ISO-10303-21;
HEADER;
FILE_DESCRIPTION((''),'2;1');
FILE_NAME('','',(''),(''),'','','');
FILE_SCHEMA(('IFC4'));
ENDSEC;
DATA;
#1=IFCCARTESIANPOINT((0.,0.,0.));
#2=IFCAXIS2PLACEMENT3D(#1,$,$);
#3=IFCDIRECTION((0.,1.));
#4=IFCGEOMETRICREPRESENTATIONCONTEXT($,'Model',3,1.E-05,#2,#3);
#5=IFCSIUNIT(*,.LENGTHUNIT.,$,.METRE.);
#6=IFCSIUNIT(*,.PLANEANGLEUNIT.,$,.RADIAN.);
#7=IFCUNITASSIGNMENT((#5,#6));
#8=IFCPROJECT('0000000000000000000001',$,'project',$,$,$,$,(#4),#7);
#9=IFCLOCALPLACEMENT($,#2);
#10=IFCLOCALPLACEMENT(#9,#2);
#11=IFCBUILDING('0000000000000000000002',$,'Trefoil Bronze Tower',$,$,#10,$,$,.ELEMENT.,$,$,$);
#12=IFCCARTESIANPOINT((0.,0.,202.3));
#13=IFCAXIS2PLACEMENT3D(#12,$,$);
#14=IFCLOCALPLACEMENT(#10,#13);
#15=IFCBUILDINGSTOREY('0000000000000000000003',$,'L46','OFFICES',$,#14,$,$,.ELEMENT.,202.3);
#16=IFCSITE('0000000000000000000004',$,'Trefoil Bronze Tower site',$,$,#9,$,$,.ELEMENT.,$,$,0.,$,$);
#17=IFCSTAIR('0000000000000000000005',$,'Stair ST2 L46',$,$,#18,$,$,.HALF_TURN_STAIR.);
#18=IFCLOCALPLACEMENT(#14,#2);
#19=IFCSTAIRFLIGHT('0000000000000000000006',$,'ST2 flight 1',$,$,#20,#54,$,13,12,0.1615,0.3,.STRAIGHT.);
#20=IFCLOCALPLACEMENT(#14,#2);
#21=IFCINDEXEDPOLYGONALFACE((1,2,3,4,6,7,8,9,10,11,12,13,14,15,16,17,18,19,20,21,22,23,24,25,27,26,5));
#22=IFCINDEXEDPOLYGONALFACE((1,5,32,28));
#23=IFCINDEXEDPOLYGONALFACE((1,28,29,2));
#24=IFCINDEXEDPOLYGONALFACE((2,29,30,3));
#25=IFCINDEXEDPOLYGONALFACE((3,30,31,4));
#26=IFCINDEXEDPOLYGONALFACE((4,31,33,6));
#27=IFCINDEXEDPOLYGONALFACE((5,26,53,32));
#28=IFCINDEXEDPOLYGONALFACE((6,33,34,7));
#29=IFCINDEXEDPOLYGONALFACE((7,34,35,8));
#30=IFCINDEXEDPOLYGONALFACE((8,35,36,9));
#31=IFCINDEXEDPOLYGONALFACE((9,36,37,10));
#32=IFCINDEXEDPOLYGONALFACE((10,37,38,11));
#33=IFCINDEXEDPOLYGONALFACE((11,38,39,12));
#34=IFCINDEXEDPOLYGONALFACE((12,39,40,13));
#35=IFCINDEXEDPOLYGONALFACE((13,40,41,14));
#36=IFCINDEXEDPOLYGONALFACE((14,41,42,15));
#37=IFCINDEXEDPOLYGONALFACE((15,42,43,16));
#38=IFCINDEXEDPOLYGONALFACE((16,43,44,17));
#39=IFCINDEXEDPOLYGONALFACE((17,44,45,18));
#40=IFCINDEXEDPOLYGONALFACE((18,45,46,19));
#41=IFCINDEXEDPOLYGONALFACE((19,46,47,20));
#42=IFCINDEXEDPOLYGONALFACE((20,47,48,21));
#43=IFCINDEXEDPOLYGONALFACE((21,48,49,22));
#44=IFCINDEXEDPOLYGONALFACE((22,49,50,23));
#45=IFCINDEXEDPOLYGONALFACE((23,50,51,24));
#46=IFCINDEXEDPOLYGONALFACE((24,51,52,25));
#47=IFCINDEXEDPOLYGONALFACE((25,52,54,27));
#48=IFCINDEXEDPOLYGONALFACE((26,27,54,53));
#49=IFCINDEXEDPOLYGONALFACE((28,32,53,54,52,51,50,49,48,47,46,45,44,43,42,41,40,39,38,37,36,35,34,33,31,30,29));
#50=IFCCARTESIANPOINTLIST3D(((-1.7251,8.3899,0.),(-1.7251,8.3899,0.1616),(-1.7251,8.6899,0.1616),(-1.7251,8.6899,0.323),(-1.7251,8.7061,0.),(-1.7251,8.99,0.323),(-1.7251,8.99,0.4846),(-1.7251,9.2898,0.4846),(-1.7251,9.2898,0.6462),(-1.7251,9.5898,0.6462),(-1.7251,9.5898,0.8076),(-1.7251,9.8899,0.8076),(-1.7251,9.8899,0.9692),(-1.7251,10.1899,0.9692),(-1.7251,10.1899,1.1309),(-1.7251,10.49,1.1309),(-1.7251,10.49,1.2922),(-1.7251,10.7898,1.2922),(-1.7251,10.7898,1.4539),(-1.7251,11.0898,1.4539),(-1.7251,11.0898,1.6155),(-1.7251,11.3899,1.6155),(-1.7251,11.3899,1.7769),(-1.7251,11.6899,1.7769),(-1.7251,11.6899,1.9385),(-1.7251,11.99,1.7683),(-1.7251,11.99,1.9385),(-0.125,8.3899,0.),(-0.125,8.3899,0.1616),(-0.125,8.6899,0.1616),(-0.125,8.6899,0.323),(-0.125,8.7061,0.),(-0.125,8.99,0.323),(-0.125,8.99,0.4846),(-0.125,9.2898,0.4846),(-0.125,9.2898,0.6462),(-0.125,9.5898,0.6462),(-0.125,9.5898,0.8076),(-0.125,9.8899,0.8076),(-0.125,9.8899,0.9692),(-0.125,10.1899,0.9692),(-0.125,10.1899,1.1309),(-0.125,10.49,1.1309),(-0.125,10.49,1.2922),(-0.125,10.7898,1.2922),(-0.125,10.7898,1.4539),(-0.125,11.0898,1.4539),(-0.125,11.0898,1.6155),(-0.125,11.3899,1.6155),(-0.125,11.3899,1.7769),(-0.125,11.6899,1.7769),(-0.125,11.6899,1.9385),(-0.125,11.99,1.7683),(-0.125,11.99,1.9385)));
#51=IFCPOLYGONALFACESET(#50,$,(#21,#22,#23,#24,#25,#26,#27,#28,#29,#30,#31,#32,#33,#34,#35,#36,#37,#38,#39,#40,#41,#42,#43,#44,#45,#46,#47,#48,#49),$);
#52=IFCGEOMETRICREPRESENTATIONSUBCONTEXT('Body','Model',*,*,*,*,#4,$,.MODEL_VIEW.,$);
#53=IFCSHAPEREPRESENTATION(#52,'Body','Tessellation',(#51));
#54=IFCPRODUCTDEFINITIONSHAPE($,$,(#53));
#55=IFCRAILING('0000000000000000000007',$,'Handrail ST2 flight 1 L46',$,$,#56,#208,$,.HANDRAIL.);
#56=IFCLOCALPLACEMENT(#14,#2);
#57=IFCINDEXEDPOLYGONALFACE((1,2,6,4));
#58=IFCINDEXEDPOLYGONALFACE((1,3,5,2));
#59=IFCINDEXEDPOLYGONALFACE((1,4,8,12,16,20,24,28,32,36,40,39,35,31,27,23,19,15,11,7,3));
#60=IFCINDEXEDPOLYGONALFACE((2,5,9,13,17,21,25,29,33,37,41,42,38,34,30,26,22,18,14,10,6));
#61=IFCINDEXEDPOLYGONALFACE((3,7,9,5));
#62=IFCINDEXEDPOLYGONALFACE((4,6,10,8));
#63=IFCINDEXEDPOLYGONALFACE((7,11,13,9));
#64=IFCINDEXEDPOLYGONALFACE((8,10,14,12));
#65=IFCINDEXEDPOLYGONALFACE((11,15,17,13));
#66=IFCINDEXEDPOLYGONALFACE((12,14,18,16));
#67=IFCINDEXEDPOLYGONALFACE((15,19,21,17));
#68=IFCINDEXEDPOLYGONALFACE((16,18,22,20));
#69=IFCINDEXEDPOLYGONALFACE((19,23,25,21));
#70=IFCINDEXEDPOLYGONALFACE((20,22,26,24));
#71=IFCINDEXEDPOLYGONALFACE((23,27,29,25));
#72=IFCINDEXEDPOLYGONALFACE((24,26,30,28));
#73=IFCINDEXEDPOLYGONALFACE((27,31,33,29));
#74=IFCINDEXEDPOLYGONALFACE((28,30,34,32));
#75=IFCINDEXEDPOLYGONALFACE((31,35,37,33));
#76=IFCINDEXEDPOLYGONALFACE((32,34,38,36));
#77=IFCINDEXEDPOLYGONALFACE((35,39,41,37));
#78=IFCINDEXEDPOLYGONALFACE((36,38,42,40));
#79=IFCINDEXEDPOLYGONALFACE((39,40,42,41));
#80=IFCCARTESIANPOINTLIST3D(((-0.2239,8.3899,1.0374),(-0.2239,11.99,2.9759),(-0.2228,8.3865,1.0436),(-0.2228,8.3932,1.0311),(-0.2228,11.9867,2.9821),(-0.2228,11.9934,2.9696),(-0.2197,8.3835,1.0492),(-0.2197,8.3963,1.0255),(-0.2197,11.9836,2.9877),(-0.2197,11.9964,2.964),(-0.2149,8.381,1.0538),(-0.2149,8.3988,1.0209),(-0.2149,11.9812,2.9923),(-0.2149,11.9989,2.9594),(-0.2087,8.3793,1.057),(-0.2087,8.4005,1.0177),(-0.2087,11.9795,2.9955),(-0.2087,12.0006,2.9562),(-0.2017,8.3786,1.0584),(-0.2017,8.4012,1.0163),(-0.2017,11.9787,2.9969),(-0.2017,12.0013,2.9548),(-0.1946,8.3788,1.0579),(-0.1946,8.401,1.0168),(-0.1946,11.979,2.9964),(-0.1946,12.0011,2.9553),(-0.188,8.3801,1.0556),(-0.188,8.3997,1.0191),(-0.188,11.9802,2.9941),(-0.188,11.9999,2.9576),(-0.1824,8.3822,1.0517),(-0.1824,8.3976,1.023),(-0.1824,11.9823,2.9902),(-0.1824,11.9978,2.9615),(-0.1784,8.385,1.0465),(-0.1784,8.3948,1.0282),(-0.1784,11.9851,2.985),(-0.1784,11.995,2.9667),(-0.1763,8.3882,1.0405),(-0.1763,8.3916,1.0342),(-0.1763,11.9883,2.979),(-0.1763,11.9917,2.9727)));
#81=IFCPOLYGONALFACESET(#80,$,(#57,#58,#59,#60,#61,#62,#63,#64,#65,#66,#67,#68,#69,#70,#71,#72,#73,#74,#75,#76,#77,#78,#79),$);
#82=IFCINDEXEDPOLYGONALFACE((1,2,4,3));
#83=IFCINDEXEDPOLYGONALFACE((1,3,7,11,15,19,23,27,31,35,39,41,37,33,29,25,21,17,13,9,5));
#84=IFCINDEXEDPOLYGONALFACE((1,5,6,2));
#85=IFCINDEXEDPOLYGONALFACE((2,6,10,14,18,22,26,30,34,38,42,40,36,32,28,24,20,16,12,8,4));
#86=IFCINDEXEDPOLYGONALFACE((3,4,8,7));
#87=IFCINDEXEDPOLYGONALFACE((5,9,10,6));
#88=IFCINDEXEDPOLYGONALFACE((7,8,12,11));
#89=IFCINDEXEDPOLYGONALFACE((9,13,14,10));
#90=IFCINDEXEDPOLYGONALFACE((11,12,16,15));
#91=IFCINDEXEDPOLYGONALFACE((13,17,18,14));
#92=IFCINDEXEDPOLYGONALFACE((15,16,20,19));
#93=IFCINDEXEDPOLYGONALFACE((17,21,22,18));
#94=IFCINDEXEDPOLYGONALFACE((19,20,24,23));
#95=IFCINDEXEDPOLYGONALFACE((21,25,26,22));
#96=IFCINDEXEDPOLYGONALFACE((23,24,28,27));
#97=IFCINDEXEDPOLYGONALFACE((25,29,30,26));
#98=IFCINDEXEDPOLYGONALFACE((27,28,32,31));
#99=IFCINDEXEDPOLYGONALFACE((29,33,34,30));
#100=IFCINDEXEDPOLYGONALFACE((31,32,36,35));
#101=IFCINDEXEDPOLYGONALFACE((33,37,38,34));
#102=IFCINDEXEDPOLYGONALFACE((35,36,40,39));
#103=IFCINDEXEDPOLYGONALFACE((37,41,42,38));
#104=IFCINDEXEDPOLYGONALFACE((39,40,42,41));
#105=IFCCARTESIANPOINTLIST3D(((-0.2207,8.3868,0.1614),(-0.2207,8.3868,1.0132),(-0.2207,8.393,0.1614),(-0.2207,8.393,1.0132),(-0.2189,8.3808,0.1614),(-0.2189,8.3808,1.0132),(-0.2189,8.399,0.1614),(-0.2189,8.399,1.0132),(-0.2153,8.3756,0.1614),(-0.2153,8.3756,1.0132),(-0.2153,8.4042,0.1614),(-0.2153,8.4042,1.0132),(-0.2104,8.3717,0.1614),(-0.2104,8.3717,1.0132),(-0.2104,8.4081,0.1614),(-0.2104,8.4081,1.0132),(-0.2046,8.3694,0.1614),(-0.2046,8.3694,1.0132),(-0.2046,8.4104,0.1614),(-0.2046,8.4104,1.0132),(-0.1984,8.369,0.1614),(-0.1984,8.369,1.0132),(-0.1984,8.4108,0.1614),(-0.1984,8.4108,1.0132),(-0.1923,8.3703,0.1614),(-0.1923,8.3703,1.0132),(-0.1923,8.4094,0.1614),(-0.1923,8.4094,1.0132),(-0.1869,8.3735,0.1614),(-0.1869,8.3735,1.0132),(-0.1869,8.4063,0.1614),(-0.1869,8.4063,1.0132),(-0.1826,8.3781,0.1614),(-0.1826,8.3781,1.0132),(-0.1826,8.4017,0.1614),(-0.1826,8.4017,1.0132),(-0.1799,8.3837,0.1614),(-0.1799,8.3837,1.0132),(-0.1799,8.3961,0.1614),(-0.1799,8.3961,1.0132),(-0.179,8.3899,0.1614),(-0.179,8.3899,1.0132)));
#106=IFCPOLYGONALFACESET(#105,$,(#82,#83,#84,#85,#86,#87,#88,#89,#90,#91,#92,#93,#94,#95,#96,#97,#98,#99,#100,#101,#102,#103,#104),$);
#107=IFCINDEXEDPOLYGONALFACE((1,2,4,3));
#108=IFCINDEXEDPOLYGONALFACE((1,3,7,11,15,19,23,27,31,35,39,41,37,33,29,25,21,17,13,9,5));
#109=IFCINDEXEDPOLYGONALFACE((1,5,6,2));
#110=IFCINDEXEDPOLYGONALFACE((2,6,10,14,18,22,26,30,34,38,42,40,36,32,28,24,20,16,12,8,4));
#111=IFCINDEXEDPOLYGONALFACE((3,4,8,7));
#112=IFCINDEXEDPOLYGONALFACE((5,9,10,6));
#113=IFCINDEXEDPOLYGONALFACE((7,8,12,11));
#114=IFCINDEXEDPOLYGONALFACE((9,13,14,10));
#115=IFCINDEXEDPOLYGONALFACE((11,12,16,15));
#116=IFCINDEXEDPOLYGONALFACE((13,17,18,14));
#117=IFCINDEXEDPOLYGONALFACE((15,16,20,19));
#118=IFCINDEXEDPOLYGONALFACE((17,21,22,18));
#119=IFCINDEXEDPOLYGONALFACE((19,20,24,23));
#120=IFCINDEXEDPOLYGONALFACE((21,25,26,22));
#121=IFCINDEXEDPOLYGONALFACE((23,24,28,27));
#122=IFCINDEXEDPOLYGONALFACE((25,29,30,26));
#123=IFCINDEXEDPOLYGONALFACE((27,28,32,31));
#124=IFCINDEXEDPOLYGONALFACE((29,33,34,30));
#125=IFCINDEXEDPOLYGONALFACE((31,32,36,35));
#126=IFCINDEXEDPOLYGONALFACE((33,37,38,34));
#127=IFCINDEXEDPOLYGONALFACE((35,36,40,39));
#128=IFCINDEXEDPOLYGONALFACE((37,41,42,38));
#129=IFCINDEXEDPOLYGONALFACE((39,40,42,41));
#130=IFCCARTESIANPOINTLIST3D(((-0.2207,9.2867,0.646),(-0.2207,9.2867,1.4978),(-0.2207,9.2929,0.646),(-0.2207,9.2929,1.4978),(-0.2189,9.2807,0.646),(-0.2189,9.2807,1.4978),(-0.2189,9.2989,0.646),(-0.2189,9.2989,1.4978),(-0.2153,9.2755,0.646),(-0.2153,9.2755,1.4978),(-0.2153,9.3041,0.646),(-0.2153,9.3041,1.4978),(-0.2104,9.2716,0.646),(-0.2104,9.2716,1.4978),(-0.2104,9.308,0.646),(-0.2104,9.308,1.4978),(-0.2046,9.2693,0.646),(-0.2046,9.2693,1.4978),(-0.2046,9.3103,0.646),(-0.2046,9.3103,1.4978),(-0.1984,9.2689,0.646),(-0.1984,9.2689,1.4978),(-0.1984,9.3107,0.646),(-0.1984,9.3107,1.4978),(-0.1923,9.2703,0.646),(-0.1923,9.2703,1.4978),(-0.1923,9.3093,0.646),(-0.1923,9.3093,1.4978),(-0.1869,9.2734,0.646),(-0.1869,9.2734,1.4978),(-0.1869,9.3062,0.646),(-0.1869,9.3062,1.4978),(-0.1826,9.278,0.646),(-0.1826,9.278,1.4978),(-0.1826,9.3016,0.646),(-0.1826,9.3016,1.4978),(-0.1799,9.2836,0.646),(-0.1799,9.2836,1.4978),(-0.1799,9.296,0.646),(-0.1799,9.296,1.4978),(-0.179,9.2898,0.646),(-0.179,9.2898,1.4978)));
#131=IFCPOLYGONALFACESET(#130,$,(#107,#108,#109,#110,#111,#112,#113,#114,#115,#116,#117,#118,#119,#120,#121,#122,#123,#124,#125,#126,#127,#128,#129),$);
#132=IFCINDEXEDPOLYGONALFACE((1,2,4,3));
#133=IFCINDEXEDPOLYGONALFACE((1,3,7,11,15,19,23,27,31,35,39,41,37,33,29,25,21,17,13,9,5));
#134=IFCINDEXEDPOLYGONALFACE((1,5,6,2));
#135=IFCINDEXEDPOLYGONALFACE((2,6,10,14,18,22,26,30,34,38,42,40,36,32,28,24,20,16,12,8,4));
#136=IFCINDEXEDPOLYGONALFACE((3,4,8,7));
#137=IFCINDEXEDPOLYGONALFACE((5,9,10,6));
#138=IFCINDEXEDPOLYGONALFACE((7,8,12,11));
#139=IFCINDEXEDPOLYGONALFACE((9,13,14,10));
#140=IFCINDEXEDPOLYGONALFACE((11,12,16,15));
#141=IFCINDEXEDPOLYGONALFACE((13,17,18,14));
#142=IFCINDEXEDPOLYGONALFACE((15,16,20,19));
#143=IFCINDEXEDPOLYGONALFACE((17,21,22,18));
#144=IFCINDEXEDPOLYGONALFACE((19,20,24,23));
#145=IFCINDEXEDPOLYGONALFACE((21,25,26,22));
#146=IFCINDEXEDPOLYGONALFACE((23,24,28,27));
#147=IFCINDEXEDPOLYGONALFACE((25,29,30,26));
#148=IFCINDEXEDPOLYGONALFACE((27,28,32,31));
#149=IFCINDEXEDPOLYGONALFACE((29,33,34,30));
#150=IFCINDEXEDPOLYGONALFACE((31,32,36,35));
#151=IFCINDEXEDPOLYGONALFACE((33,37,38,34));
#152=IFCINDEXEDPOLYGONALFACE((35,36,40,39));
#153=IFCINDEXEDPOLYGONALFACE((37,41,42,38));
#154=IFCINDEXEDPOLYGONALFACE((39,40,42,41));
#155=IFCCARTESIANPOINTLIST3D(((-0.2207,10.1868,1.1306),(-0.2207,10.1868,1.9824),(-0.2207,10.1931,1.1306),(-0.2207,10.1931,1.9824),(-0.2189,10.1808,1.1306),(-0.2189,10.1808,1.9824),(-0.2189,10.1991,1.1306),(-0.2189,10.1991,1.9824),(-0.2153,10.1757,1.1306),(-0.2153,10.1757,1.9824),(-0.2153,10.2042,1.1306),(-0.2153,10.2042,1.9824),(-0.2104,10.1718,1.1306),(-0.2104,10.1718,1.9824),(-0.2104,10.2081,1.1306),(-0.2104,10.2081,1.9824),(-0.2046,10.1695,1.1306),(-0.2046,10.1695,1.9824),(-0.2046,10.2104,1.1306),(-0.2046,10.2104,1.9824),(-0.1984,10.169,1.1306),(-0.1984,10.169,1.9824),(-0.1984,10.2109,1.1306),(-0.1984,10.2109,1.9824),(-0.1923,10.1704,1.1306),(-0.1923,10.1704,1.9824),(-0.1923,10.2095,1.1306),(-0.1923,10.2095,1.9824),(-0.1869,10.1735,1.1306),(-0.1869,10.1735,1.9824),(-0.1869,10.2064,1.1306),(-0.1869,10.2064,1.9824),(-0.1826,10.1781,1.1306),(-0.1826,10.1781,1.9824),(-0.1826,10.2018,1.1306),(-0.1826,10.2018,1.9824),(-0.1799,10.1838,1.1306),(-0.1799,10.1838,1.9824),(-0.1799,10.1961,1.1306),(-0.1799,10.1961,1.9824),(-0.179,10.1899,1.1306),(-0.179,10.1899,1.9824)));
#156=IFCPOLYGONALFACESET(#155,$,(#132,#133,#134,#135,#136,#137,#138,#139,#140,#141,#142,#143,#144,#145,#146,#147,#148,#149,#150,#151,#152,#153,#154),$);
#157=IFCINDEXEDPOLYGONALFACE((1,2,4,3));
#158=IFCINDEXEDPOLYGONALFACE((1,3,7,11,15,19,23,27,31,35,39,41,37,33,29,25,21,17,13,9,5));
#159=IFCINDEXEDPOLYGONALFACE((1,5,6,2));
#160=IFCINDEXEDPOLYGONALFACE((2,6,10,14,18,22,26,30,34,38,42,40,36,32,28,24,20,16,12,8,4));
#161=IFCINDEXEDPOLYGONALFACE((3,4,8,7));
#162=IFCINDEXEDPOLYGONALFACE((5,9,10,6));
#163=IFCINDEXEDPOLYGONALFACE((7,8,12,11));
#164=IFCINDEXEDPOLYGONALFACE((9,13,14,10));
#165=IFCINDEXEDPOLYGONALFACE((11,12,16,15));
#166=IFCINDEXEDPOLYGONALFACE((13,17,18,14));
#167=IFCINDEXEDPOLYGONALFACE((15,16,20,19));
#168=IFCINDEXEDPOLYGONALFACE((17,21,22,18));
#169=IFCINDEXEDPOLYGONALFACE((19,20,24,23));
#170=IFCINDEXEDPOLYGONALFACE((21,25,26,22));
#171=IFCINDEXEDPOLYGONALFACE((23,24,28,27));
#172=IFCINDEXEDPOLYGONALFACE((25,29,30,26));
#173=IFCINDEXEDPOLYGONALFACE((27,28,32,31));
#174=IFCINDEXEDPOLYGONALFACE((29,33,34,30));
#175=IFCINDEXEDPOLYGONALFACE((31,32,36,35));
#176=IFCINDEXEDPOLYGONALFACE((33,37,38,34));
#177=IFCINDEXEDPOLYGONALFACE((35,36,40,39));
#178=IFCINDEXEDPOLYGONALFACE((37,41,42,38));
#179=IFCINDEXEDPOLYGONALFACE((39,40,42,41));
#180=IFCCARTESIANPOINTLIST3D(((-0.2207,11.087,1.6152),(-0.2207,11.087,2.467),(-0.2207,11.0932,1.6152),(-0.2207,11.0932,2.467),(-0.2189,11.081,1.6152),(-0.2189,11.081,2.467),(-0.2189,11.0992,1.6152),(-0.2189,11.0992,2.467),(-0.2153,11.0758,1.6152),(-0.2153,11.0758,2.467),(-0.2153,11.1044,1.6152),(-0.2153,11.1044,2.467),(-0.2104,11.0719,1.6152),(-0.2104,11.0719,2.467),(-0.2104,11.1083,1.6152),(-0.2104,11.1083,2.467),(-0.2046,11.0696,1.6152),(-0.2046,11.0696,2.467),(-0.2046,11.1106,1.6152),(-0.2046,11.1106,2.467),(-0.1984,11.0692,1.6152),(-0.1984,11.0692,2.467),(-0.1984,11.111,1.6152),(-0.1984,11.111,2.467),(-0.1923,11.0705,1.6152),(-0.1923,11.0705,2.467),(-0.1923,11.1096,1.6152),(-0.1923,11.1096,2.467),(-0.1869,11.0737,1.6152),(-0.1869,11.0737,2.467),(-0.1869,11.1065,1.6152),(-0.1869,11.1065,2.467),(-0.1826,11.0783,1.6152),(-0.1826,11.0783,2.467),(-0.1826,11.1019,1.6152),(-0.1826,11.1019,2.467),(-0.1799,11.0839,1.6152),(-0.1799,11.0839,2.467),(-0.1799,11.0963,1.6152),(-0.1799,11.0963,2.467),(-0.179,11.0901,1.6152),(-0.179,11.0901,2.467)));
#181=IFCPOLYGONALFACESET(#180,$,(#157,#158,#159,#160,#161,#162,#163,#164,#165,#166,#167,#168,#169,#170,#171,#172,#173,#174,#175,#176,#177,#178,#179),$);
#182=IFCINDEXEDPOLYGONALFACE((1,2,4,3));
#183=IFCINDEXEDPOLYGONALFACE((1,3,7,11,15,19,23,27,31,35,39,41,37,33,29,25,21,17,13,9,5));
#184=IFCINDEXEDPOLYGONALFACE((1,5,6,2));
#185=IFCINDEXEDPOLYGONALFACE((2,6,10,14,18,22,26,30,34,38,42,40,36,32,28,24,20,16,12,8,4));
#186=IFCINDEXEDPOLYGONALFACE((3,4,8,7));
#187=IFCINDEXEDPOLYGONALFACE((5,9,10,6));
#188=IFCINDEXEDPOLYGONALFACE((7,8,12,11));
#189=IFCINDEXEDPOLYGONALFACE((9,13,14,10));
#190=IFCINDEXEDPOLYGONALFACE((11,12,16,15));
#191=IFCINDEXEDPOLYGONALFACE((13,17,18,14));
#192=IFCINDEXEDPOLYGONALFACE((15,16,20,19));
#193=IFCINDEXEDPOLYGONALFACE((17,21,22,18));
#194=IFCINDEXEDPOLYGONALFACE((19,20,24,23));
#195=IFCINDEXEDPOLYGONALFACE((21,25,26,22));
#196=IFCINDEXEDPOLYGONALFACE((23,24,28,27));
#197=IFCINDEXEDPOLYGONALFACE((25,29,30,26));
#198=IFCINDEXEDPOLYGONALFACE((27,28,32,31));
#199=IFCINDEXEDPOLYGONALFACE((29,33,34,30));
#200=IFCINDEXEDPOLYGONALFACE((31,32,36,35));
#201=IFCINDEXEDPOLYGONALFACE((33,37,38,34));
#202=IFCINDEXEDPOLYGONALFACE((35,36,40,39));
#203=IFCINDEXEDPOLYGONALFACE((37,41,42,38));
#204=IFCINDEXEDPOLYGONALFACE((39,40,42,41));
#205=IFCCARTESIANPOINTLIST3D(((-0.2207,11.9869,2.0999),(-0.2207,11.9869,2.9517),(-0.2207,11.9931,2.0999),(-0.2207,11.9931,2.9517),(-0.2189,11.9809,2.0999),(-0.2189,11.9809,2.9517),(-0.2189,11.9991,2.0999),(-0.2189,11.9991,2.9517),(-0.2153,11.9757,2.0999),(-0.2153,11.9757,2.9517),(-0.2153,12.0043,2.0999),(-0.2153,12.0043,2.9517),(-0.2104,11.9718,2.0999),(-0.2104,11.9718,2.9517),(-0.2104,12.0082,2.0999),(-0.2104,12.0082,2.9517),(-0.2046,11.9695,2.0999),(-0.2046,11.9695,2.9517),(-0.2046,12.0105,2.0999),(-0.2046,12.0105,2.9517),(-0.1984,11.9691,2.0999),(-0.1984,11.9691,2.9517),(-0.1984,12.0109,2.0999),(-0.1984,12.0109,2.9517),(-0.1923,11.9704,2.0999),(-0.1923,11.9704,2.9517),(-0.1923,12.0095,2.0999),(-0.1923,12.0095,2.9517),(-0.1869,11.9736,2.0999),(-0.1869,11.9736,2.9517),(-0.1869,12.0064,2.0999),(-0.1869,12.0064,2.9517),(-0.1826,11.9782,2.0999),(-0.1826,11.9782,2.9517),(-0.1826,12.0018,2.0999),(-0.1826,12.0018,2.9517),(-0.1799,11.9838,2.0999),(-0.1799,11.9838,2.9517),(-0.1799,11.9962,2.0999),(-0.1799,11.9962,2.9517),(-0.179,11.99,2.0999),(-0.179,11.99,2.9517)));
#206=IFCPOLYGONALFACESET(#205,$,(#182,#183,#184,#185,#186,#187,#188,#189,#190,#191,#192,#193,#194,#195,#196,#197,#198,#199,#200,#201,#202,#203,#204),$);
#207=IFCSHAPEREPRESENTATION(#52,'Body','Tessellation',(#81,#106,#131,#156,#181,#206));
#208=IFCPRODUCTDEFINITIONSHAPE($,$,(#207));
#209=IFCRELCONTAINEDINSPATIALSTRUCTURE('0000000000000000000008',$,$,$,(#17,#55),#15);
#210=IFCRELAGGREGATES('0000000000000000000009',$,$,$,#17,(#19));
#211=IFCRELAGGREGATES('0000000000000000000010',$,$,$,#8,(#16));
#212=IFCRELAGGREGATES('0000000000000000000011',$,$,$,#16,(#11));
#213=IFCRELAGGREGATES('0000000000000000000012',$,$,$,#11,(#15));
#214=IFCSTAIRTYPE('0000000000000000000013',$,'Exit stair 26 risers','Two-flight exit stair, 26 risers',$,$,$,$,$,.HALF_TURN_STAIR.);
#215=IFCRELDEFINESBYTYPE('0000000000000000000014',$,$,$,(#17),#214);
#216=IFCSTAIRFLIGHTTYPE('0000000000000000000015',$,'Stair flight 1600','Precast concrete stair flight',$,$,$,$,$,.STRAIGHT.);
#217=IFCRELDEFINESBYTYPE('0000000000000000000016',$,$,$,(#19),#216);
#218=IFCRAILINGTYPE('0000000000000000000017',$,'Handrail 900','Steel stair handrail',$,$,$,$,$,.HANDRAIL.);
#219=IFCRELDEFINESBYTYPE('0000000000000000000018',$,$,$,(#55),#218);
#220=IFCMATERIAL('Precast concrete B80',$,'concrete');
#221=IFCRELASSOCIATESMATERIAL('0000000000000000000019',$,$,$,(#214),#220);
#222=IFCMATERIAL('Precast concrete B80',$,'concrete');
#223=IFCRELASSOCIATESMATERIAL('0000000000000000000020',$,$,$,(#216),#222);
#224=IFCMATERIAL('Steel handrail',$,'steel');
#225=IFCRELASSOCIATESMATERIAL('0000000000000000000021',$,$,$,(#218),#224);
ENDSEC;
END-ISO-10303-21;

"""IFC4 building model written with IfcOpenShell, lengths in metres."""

from ifc_helpers import new_model, si_unit, direction, frame, origin, origin_2d, place, context, subcontext, project, spatial, polyline, circle, outline, extrude, material, type_object, element, aggregate, save


model = new_model("IFC4")

# Units and contexts
model_context = context("Model", 3, precision=1e-05, world=origin(), true_north=direction((0.0, 1.0)))
body_context = subcontext(model_context, "Body", "Model", "MODEL_VIEW")
ifc_project = project(units=[si_unit("LENGTHUNIT", "METRE"), si_unit("PLANEANGLEUNIT", "RADIAN")], contexts=[model_context])

# Site, building, storey
site_placement = place(None, origin())
site = spatial("IfcSite", under=ifc_project, at=site_placement, Name="Trefoil Bronze Tower site", CompositionType="ELEMENT", RefElevation=0.0)
building_placement = place(site_placement, origin())
building = spatial("IfcBuilding", under=site, at=building_placement, Name="Trefoil Bronze Tower", CompositionType="ELEMENT")
storey_placement = place(building_placement, frame((0.0, 0.0, 202.3)))
storey = spatial("IfcBuildingStorey", under=building, at=storey_placement, Name="L46", Description="OFFICES", CompositionType="ELEMENT", Elevation=202.3)

# Stair, stair flight
ifc_material_1 = material(Name="Precast concrete B80", Category="concrete")
stair_type = type_object("IfcStairType", Name="Exit stair 26 risers", Description="Two-flight exit stair, 26 risers", PredefinedType="HALF_TURN_STAIR", material=ifc_material_1)
stair_placement = place(storey_placement, origin())
stair = element("IfcStair", 1, at=stair_placement, inside=storey, type_object=stair_type, Name="Stair ST2 L46", PredefinedType="HALF_TURN_STAIR")
ifc_material_2 = material(Name="Precast concrete B80", Category="concrete")
stair_flight_type = type_object("IfcStairFlightType", Name="Stair flight 1600", Description="Precast concrete stair flight", PredefinedType="STRAIGHT", material=ifc_material_2)
stair_flight_placement = place(storey_placement, frame((-0.925, 8.3899, 0.0), z_axis=(0.0, 0.0, 1.0), x_axis=(0.0, 1.0, 0.0)))
stair_flight = element("IfcStairFlight", 2, at=stair_flight_placement, type_object=stair_flight_type, Name="ST2 flight 1", NumberOfRisers=13, NumberOfTreads=12, PredefinedType="STRAIGHT", RiserHeight=0.1615, TreadLength=0.3, context=body_context, shape_type="SweptSolid", body=[
    extrude(outline(polyline([(0.0, 0.0), (0.0, 0.1616), (0.3, 0.1616), (0.3, 0.323), (0.6001, 0.323), (0.6001, 0.4846), (0.8999, 0.4846), (0.8999, 0.6462), (1.2, 0.6462), (1.2, 0.8076), (1.5, 0.8076), (1.5, 0.9692), (1.8, 0.9692), (1.8, 1.1309), (2.1001, 1.1309), (2.1001, 1.2922), (2.3999, 1.2922), (2.3999, 1.4539), (2.7, 1.4539), (2.7, 1.6155), (3.0, 1.6155), (3.0, 1.7769), (3.3, 1.7769), (3.3, 1.9385), (3.6001, 1.9385), (3.6001, 2.1001), (3.6001, 1.7683), (0.3162, 0.0), (0.0, 0.0)])), frame((0.0, 0.8, 0.0), z_axis=(0.0, -1.0, 0.0), x_axis=(1.0, 0.0, 0.0)), (0.0, 0.0, 1.0), 1.6001),
])
aggregate(stair, [stair_flight])

# Railing
ifc_material_3 = material(Name="Steel handrail", Category="steel")
railing_type = type_object("IfcRailingType", Name="Handrail 900", Description="Steel stair handrail", PredefinedType="HANDRAIL", material=ifc_material_3)
railing_placement = place(storey_placement, frame((-0.2, 8.3899, 0.1614)))
element("IfcRailing", 3, at=railing_placement, inside=storey, type_object=railing_type, Name="Handrail ST2 flight 1 L46", PredefinedType="HANDRAIL", context=body_context, shape_type="SweptSolid", body=[
    extrude(circle(Radius=0.0239, at=origin_2d()), frame((0.0, 0.0, 0.876), z_axis=(0.0, 0.880475, 0.474093), x_axis=(-1.0, 0.0, 0.0)), (0.0, 0.0, 1.0), 4.0889),
    extrude(circle(Radius=0.021, at=origin_2d()), origin(), (0.0, 0.0, 1.0), 0.8518),
    extrude(circle(Radius=0.021, at=origin_2d()), frame((0.0, 0.8999, 0.4846)), (0.0, 0.0, 1.0), 0.8518),
    extrude(circle(Radius=0.021, at=origin_2d()), frame((0.0, 1.8, 0.9692)), (0.0, 0.0, 1.0), 0.8518),
    extrude(circle(Radius=0.021, at=origin_2d()), frame((0.0, 2.7002, 1.4539)), (0.0, 0.0, 1.0), 0.8518),
    extrude(circle(Radius=0.021, at=origin_2d()), frame((0.0, 3.6001, 1.9385)), (0.0, 0.0, 1.0), 0.8518),
])

save(model, "model.ifc")
